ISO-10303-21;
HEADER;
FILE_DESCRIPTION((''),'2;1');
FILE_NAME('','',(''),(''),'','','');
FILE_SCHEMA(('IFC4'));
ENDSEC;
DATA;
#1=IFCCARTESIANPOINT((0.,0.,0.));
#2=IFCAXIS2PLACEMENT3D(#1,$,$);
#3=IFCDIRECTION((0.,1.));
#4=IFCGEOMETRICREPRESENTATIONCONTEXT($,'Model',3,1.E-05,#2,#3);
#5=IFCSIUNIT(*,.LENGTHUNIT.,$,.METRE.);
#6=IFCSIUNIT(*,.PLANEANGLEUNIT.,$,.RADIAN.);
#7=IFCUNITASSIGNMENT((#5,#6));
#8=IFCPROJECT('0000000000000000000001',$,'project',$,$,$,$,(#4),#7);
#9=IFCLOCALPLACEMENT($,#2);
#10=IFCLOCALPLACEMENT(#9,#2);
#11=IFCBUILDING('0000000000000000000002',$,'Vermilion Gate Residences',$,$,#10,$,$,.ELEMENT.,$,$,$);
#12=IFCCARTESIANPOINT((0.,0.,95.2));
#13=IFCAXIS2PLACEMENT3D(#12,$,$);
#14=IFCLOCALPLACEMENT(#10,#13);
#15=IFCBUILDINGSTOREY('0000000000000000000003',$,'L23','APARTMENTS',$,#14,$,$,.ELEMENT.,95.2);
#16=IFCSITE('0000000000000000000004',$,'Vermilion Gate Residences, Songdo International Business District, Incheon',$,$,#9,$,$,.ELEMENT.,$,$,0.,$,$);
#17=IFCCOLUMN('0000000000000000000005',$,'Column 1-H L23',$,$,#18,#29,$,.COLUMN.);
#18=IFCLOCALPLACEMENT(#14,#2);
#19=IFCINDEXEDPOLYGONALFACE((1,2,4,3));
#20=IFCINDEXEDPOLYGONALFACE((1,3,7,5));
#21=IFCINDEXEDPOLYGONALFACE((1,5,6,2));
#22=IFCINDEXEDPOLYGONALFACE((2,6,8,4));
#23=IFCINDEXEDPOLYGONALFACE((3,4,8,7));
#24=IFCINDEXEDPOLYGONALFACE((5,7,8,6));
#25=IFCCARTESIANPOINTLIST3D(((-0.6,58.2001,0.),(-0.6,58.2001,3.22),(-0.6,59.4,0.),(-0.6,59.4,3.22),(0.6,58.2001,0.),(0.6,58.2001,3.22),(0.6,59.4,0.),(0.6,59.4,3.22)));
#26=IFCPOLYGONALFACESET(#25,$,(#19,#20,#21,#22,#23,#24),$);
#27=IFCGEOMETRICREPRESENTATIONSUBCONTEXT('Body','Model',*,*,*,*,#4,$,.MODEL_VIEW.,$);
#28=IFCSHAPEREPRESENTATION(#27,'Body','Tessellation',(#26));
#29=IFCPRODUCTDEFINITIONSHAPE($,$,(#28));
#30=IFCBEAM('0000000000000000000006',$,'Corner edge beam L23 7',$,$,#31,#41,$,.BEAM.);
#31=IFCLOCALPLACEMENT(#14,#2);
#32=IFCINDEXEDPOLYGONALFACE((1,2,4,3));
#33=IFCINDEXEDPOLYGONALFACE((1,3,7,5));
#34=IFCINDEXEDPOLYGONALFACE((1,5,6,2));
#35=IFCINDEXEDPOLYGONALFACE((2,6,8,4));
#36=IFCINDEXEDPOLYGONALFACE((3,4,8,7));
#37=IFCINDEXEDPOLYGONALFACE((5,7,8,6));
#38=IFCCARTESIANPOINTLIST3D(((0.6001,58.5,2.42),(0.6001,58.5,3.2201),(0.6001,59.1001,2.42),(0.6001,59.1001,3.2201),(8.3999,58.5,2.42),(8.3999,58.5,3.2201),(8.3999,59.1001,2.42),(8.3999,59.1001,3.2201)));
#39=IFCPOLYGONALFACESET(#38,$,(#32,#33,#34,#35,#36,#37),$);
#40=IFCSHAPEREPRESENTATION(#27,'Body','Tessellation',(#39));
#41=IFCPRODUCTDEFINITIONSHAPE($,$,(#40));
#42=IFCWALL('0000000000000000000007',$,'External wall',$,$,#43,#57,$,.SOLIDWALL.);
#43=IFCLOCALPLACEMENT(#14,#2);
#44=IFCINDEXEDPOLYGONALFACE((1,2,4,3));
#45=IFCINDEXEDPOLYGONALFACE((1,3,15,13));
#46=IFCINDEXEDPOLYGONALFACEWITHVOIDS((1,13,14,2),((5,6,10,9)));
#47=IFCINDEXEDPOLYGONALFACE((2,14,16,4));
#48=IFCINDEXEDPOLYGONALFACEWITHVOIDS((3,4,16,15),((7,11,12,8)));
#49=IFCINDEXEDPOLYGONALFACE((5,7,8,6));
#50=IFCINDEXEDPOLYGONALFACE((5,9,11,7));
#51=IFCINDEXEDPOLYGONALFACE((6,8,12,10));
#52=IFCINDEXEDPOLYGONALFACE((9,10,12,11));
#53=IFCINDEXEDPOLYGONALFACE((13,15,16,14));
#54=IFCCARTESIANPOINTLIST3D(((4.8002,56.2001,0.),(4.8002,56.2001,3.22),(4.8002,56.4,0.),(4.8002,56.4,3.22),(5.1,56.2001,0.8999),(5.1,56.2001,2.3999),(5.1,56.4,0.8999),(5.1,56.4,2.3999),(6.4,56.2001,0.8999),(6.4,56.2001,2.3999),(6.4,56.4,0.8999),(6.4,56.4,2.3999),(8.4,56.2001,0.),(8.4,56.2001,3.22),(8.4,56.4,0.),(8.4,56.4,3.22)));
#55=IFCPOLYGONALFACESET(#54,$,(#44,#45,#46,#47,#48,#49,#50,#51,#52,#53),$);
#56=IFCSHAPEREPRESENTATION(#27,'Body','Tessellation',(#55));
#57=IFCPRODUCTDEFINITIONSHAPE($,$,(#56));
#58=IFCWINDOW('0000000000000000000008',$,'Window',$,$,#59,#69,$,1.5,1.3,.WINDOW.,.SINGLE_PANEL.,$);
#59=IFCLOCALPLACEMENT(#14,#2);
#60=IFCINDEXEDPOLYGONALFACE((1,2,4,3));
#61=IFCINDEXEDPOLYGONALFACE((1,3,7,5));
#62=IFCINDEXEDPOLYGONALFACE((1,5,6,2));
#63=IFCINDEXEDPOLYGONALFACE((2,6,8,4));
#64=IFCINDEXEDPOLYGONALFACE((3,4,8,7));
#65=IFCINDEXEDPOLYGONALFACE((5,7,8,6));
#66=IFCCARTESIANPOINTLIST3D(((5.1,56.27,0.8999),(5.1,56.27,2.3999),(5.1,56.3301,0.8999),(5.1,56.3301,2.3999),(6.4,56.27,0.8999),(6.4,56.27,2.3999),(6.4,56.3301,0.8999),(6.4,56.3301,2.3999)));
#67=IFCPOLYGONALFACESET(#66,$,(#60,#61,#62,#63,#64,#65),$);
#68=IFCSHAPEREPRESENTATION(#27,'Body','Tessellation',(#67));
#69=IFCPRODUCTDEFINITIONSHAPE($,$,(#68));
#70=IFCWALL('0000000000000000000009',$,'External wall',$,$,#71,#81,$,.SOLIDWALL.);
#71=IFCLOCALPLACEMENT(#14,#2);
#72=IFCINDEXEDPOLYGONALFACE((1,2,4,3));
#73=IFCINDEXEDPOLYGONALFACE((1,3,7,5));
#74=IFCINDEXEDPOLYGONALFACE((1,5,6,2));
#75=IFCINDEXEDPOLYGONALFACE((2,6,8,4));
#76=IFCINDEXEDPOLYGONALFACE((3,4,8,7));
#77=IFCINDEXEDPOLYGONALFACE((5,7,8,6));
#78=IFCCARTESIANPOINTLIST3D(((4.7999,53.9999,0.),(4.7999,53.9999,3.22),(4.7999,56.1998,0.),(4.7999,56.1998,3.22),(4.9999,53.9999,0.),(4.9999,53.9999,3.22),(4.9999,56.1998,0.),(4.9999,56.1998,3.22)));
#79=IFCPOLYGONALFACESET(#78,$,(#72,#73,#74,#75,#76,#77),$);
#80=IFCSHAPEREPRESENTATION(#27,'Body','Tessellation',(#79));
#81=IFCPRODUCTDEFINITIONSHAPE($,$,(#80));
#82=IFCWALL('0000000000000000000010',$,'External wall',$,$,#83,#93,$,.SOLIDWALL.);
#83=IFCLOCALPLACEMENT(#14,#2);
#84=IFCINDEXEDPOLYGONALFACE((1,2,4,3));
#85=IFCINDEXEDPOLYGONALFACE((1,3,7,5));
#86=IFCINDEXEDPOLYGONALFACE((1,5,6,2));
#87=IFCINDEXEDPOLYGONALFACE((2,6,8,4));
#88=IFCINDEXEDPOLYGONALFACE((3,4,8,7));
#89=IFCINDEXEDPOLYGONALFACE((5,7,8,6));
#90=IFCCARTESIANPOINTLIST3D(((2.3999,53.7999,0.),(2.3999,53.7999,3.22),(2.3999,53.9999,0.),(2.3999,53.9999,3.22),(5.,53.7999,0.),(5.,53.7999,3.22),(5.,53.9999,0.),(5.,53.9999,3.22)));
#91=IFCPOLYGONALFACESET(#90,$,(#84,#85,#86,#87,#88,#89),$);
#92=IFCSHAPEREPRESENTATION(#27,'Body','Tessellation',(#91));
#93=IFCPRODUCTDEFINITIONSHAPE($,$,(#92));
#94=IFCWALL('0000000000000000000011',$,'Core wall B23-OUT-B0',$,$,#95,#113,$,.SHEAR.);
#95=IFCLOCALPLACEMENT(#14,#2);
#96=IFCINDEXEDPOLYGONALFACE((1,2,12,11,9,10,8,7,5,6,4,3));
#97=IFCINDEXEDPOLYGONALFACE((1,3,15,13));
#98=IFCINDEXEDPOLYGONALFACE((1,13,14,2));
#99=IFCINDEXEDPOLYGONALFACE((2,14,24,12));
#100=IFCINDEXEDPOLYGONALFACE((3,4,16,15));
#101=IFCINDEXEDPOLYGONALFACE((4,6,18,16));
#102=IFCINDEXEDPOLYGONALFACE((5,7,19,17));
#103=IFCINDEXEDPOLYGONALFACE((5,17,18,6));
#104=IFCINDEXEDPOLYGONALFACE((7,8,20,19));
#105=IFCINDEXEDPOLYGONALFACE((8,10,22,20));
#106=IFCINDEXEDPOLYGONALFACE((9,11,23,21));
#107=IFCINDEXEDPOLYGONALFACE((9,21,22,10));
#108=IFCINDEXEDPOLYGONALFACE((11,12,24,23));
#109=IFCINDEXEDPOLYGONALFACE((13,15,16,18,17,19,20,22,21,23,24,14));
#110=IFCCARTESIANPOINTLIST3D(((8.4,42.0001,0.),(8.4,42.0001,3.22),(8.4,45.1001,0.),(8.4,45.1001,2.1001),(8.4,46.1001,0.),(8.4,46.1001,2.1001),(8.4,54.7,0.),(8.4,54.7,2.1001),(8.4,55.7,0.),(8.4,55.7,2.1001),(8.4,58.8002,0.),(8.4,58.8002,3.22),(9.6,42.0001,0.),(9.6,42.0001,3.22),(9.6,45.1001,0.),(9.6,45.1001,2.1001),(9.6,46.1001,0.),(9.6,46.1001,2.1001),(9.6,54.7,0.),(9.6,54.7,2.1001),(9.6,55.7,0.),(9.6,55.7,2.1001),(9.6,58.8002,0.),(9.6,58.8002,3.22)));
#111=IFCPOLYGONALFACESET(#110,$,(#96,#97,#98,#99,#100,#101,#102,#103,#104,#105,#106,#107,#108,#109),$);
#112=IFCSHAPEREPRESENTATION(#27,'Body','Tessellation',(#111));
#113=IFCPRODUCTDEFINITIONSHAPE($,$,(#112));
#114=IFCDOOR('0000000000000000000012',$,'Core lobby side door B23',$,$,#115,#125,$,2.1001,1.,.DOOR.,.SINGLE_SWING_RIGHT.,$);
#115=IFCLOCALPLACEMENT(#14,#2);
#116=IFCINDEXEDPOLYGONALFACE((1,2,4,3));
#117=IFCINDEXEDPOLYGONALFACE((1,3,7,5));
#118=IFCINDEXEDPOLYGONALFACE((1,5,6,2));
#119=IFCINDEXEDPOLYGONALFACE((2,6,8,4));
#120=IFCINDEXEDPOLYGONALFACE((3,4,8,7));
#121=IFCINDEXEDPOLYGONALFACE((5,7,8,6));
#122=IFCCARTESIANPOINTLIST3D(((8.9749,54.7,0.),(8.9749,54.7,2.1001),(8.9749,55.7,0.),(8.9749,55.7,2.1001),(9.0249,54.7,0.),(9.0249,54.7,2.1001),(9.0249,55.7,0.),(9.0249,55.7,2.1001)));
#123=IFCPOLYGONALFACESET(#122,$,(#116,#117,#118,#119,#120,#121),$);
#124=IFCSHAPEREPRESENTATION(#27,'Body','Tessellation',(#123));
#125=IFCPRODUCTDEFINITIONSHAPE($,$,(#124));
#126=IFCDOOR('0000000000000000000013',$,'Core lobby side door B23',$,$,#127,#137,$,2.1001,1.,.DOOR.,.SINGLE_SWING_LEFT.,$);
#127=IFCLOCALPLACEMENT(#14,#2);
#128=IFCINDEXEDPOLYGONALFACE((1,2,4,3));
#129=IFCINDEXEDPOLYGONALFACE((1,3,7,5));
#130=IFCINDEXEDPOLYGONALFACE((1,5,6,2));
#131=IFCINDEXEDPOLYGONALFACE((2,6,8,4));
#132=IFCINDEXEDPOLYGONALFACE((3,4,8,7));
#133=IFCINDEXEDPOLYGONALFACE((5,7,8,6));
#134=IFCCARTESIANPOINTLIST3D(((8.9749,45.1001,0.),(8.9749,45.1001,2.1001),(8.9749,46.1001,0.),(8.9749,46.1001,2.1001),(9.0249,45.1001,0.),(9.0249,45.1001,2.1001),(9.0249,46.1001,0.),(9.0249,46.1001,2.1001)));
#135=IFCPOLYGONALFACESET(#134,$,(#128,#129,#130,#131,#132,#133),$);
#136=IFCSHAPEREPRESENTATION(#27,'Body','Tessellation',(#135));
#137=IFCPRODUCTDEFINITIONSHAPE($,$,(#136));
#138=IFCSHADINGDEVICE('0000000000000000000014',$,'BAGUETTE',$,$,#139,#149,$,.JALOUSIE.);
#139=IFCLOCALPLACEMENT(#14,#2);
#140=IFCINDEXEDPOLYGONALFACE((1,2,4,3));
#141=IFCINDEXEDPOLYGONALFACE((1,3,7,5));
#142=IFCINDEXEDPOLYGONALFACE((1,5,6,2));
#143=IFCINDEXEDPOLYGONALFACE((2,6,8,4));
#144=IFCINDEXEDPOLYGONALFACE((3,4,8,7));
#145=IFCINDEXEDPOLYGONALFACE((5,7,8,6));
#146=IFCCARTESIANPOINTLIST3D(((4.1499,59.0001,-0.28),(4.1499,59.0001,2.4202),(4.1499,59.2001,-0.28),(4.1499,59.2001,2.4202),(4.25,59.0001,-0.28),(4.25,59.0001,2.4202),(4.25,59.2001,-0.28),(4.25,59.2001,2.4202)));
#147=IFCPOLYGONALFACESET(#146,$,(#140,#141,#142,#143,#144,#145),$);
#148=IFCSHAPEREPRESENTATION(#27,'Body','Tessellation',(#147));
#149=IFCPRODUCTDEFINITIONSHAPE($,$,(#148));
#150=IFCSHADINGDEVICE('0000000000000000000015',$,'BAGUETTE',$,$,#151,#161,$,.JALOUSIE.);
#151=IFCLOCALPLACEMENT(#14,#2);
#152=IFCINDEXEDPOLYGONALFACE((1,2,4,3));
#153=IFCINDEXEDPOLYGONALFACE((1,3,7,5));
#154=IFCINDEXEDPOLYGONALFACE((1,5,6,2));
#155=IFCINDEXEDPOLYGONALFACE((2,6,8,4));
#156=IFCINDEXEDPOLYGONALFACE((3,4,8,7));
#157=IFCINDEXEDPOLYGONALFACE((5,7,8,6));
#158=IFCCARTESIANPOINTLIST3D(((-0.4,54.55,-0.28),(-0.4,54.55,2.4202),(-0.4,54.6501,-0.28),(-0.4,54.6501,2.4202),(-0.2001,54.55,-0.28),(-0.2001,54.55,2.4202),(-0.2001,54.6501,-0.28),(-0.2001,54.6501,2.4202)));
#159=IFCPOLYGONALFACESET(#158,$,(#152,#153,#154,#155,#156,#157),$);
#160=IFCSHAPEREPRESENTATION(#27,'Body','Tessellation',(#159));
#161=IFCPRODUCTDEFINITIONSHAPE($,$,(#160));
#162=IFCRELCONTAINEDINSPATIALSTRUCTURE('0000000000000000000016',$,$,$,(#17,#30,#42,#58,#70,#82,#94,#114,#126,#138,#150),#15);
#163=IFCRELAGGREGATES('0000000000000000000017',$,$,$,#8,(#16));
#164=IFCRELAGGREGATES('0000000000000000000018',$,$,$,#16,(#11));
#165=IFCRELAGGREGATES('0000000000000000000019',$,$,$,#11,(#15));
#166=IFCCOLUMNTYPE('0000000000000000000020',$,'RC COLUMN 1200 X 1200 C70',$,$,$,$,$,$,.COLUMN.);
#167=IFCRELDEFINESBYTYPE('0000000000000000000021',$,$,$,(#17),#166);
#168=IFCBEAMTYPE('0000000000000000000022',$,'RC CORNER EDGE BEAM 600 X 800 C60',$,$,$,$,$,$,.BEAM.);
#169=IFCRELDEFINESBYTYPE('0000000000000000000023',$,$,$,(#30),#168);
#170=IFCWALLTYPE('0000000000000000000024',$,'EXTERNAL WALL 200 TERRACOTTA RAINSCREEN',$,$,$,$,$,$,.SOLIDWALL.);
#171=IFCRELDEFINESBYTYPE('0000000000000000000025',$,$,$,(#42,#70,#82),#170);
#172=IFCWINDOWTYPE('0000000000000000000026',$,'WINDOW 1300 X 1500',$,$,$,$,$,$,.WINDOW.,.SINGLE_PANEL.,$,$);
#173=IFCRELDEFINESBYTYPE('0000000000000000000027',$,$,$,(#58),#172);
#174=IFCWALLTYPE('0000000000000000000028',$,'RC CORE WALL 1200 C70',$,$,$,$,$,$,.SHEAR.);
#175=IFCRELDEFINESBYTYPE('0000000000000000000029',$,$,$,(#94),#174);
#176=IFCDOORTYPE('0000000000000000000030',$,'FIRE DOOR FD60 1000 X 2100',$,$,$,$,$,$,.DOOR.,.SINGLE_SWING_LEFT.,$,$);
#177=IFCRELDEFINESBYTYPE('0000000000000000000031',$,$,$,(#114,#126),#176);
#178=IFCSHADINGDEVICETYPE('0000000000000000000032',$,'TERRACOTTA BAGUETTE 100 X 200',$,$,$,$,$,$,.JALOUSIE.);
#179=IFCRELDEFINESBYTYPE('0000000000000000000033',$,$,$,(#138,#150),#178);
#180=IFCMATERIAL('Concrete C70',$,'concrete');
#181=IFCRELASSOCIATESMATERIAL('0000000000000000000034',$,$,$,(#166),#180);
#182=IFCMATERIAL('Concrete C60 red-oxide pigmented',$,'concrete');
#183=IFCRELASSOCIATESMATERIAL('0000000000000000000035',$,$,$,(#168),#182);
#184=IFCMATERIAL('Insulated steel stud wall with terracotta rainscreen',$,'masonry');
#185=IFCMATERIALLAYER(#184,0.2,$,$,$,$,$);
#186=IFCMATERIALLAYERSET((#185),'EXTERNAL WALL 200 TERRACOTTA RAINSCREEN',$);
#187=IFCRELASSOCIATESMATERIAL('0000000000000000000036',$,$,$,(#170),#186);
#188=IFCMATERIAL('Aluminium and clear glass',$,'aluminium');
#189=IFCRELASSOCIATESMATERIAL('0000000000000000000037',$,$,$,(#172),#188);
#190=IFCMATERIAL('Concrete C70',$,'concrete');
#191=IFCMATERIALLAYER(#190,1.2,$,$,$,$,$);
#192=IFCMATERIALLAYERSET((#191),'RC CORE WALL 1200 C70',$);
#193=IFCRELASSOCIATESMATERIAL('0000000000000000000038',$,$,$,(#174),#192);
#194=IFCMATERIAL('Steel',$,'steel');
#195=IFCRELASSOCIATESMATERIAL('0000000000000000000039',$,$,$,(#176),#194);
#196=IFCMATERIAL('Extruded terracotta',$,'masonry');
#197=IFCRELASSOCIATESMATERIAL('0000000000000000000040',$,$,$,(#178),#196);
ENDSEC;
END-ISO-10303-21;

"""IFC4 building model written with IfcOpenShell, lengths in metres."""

from ifc_helpers import new_model, si_unit, direction, frame, frame_2d, origin, origin_2d, place, context, subcontext, project, spatial, rectangle, extrude, material, layer, layer_set, material_profile, profile_set, type_object, element, fill, save


model = new_model("IFC4")

# Units and contexts
model_context = context("Model", 3, precision=1e-05, world=origin(), true_north=direction((0.0, 1.0)))
body_context = subcontext(model_context, "Body", "Model", "MODEL_VIEW")
ifc_project = project(units=[si_unit("LENGTHUNIT", "METRE"), si_unit("PLANEANGLEUNIT", "RADIAN")], contexts=[model_context])

# Site, building, storey
site_placement = place(None, origin())
site = spatial("IfcSite", under=ifc_project, at=site_placement, Name="Vermilion Gate Residences, Songdo International Business District, Incheon", CompositionType="ELEMENT", RefElevation=0.0)
building_placement = place(site_placement, origin())
building = spatial("IfcBuilding", under=site, at=building_placement, Name="Vermilion Gate Residences", CompositionType="ELEMENT")
storey_placement = place(building_placement, frame((0.0, 0.0, 95.2)))
storey = spatial("IfcBuildingStorey", under=building, at=storey_placement, Name="L23", Description="APARTMENTS", CompositionType="ELEMENT", Elevation=95.2)

# Column
ifc_material_1 = material(Name="Concrete C70", Category="concrete")
ifc_material_profile_1 = material_profile(ifc_material_1, rectangle(XDim=1.2, YDim=1.2, at=origin_2d()), Name="RC-1200x1200")
ifc_profile_set_1 = profile_set([ifc_material_profile_1], Name="Concrete C70")
column_type = type_object("IfcColumnType", Name="RC COLUMN 1200 X 1200 C70", PredefinedType="COLUMN", material=ifc_profile_set_1)
column_placement = place(storey_placement, frame((0.0, 58.8, 0.0), z_axis=(0.0, 0.0, 1.0), x_axis=(1.0, 0.0, 0.0)))
element("IfcColumn", 1, at=column_placement, inside=storey, type_object=column_type, Name="Column 1-H L23", PredefinedType="COLUMN", context=body_context, shape_type="SweptSolid", body=[
    extrude(rectangle(XDim=1.2, YDim=1.2, at=origin_2d()), origin(), (0.0, 0.0, 1.0), 3.22),
])

# Beam
ifc_material_2 = material(Name="Concrete C60 red-oxide pigmented", Category="concrete")
ifc_material_profile_2 = material_profile(ifc_material_2, rectangle(XDim=0.6001, YDim=0.8, at=origin_2d()), Name="RC-600x800")
ifc_profile_set_2 = profile_set([ifc_material_profile_2], Name="Concrete C60 red-oxide pigmented")
beam_type = type_object("IfcBeamType", Name="RC CORNER EDGE BEAM 600 X 800 C60", PredefinedType="BEAM", material=ifc_profile_set_2)
beam_placement = place(storey_placement, frame((0.6001, 58.8, 2.8201), z_axis=(1.0, 0.0, 0.0), x_axis=(0.0, 1.0, 0.0)))
element("IfcBeam", 2, at=beam_placement, inside=storey, type_object=beam_type, Name="Corner edge beam L23 7", PredefinedType="BEAM", context=body_context, shape_type="SweptSolid", body=[
    extrude(rectangle(XDim=0.6001, YDim=0.8, at=origin_2d()), origin(), (0.0, 0.0, 1.0), 7.7998),
])

# Wall, opening, window
ifc_material_3 = material(Name="Insulated steel stud wall with terracotta rainscreen", Category="masonry")
ifc_layer_1 = layer(ifc_material_3, 0.2)
ifc_layer_set_1 = layer_set([ifc_layer_1], Name="EXTERNAL WALL 200 TERRACOTTA RAINSCREEN")
wall_type_1 = type_object("IfcWallType", Name="EXTERNAL WALL 200 TERRACOTTA RAINSCREEN", PredefinedType="SOLIDWALL", material=ifc_layer_set_1)
wall_1_placement = place(storey_placement, frame((8.3999, 56.3, 0.0), z_axis=(0.0, 0.0, 1.0), x_axis=(-1.0, 0.0, 0.0)))
wall_1 = element("IfcWall", 3, at=wall_1_placement, inside=storey, type_object=wall_type_1, Name="External wall", PredefinedType="SOLIDWALL", context=body_context, shape_type="SweptSolid", body=[
    extrude(rectangle(XDim=3.5999, YDim=0.2, at=frame_2d((1.7998, 0.0))), origin(), (0.0, 0.0, 1.0), 3.22),
])
opening_1_placement = place(wall_1_placement, frame((2.0, 0.0, 0.8999)))
opening_1 = element("IfcOpeningElement", 4, at=opening_1_placement, cuts=wall_1, PredefinedType="OPENING", context=body_context, shape_type="SweptSolid", body=[
    extrude(rectangle(XDim=1.3, YDim=1.5, at=frame_2d((0.6499, 0.75))), frame((0.0, 0.1099, 0.0), z_axis=(0.0, -1.0, 0.0), x_axis=(1.0, 0.0, 0.0)), (0.0, 0.0, 1.0), 0.22),
])
ifc_material_4 = material(Name="Aluminium and clear glass", Category="aluminium")
window_type = type_object("IfcWindowType", Name="WINDOW 1300 X 1500", PartitioningType="SINGLE_PANEL", PredefinedType="WINDOW", material=ifc_material_4)
window_placement = place(opening_1_placement, origin())
window = element("IfcWindow", 5, at=window_placement, inside=storey, type_object=window_type, Name="Window", OverallHeight=1.5, OverallWidth=1.3, PartitioningType="SINGLE_PANEL", PredefinedType="WINDOW", context=body_context, shape_type="SweptSolid", body=[
    extrude(rectangle(XDim=1.3, YDim=1.5, at=frame_2d((0.6499, 0.75))), frame((0.0, 0.03, 0.0), z_axis=(0.0, -1.0, 0.0), x_axis=(1.0, 0.0, 0.0)), (0.0, 0.0, 1.0), 0.0601),
])
fill(opening_1, window)

# Walls
wall_2_placement = place(storey_placement, frame((4.8999, 56.2, 0.0), z_axis=(0.0, 0.0, 1.0), x_axis=(0.0, -1.0, 0.0)))
element("IfcWall", 6, at=wall_2_placement, inside=storey, type_object=wall_type_1, Name="External wall", PredefinedType="SOLIDWALL", context=body_context, shape_type="SweptSolid", body=[
    extrude(rectangle(XDim=2.2, YDim=0.2, at=frame_2d((1.1001, 0.0))), origin(), (0.0, 0.0, 1.0), 3.22),
])
wall_3_placement = place(storey_placement, frame((5.0, 53.8999, 0.0), z_axis=(0.0, 0.0, 1.0), x_axis=(-1.0, 0.0, 0.0)))
element("IfcWall", 7, at=wall_3_placement, inside=storey, type_object=wall_type_1, Name="External wall", PredefinedType="SOLIDWALL", context=body_context, shape_type="SweptSolid", body=[
    extrude(rectangle(XDim=2.6001, YDim=0.2, at=frame_2d((1.3, 0.0))), origin(), (0.0, 0.0, 1.0), 3.22),
])

# Wall, openings, doors
ifc_material_5 = material(Name="Concrete C70", Category="concrete")
ifc_layer_2 = layer(ifc_material_5, 1.2)
ifc_layer_set_2 = layer_set([ifc_layer_2], Name="RC CORE WALL 1200 C70")
wall_type_2 = type_object("IfcWallType", Name="RC CORE WALL 1200 C70", PredefinedType="SHEAR", material=ifc_layer_set_2)
wall_4_placement = place(storey_placement, frame((9.0, 58.8, 0.0), z_axis=(0.0, 0.0, 1.0), x_axis=(0.0, -1.0, 0.0)))
wall_4 = element("IfcWall", 8, at=wall_4_placement, inside=storey, type_object=wall_type_2, Name="Core wall B23-OUT-B0", PredefinedType="SHEAR", context=body_context, shape_type="SweptSolid", body=[
    extrude(rectangle(XDim=16.8, YDim=1.2, at=frame_2d((8.3999, 0.0))), origin(), (0.0, 0.0, 1.0), 3.22),
])
opening_2_placement = place(wall_4_placement, frame((3.1001, 0.0, 0.0)))
opening_2 = element("IfcOpeningElement", 9, at=opening_2_placement, cuts=wall_4, PredefinedType="OPENING", context=body_context, shape_type="SweptSolid", body=[
    extrude(rectangle(XDim=1.0, YDim=2.1001, at=frame_2d((0.5, 1.05))), frame((0.0, 0.6099, 0.0), z_axis=(0.0, -1.0, 0.0), x_axis=(1.0, 0.0, 0.0)), (0.0, 0.0, 1.0), 1.22),
])
opening_3_placement = place(wall_4_placement, frame((12.7, 0.0, 0.0)))
opening_3 = element("IfcOpeningElement", 10, at=opening_3_placement, cuts=wall_4, PredefinedType="OPENING", context=body_context, shape_type="SweptSolid", body=[
    extrude(rectangle(XDim=1.0, YDim=2.1001, at=frame_2d((0.5, 1.05))), frame((0.0, 0.6099, 0.0), z_axis=(0.0, -1.0, 0.0), x_axis=(1.0, 0.0, 0.0)), (0.0, 0.0, 1.0), 1.22),
])
ifc_material_6 = material(Name="Steel", Category="steel")
door_type = type_object("IfcDoorType", Name="FIRE DOOR FD60 1000 X 2100", OperationType="SINGLE_SWING_LEFT", PredefinedType="DOOR", material=ifc_material_6)
door_1_placement = place(opening_2_placement, origin())
door_1 = element("IfcDoor", 11, at=door_1_placement, inside=storey, type_object=door_type, Name="Core lobby side door B23", OperationType="SINGLE_SWING_RIGHT", OverallHeight=2.1001, OverallWidth=1.0, PredefinedType="DOOR", context=body_context, shape_type="SweptSolid", body=[
    extrude(rectangle(XDim=1.0, YDim=2.1001, at=frame_2d((0.5, 1.05))), frame((0.0, 0.0249, 0.0), z_axis=(0.0, -1.0, 0.0), x_axis=(1.0, 0.0, 0.0)), (0.0, 0.0, 1.0), 0.05),
])
fill(opening_2, door_1)
door_2_placement = place(opening_3_placement, origin())
door_2 = element("IfcDoor", 12, at=door_2_placement, inside=storey, type_object=door_type, Name="Core lobby side door B23", OperationType="SINGLE_SWING_LEFT", OverallHeight=2.1001, OverallWidth=1.0, PredefinedType="DOOR", context=body_context, shape_type="SweptSolid", body=[
    extrude(rectangle(XDim=1.0, YDim=2.1001, at=frame_2d((0.5, 1.05))), frame((0.0, 0.0249, 0.0), z_axis=(0.0, -1.0, 0.0), x_axis=(1.0, 0.0, 0.0)), (0.0, 0.0, 1.0), 0.05),
])
fill(opening_3, door_2)

# Shading devices
ifc_material_7 = material(Name="Extruded terracotta", Category="masonry")
ifc_material_profile_3 = material_profile(ifc_material_7, rectangle(XDim=0.2, YDim=0.1001, at=origin_2d()), Name="BAGUETTE 100 X 200")
ifc_profile_set_3 = profile_set([ifc_material_profile_3], Name="Extruded terracotta")
shading_device_type = type_object("IfcShadingDeviceType", Name="TERRACOTTA BAGUETTE 100 X 200", PredefinedType="JALOUSIE", material=ifc_profile_set_3)
for number, where, z_axis, x_axis, name in (
    (13, (4.2, 59.1001, -0.28), (0.0, 0.0, 1.0), (0.0, -1.0, 0.0), "BAGUETTE"),
    (14, (-0.3, 54.6001, -0.28), (0.0, 0.0, 1.0), (1.0, 0.0, 0.0), "BAGUETTE"),
):
    element("IfcShadingDevice", number, at=place(storey_placement, frame(where, z_axis=z_axis, x_axis=x_axis)), inside=storey, type_object=shading_device_type, Name=name, PredefinedType="JALOUSIE", context=body_context, shape_type="SweptSolid", body=[
        extrude(rectangle(XDim=0.2, YDim=0.1001, at=origin_2d()), origin(), (0.0, 0.0, 1.0), 2.7002),
    ])

save(model, "model.ifc")
